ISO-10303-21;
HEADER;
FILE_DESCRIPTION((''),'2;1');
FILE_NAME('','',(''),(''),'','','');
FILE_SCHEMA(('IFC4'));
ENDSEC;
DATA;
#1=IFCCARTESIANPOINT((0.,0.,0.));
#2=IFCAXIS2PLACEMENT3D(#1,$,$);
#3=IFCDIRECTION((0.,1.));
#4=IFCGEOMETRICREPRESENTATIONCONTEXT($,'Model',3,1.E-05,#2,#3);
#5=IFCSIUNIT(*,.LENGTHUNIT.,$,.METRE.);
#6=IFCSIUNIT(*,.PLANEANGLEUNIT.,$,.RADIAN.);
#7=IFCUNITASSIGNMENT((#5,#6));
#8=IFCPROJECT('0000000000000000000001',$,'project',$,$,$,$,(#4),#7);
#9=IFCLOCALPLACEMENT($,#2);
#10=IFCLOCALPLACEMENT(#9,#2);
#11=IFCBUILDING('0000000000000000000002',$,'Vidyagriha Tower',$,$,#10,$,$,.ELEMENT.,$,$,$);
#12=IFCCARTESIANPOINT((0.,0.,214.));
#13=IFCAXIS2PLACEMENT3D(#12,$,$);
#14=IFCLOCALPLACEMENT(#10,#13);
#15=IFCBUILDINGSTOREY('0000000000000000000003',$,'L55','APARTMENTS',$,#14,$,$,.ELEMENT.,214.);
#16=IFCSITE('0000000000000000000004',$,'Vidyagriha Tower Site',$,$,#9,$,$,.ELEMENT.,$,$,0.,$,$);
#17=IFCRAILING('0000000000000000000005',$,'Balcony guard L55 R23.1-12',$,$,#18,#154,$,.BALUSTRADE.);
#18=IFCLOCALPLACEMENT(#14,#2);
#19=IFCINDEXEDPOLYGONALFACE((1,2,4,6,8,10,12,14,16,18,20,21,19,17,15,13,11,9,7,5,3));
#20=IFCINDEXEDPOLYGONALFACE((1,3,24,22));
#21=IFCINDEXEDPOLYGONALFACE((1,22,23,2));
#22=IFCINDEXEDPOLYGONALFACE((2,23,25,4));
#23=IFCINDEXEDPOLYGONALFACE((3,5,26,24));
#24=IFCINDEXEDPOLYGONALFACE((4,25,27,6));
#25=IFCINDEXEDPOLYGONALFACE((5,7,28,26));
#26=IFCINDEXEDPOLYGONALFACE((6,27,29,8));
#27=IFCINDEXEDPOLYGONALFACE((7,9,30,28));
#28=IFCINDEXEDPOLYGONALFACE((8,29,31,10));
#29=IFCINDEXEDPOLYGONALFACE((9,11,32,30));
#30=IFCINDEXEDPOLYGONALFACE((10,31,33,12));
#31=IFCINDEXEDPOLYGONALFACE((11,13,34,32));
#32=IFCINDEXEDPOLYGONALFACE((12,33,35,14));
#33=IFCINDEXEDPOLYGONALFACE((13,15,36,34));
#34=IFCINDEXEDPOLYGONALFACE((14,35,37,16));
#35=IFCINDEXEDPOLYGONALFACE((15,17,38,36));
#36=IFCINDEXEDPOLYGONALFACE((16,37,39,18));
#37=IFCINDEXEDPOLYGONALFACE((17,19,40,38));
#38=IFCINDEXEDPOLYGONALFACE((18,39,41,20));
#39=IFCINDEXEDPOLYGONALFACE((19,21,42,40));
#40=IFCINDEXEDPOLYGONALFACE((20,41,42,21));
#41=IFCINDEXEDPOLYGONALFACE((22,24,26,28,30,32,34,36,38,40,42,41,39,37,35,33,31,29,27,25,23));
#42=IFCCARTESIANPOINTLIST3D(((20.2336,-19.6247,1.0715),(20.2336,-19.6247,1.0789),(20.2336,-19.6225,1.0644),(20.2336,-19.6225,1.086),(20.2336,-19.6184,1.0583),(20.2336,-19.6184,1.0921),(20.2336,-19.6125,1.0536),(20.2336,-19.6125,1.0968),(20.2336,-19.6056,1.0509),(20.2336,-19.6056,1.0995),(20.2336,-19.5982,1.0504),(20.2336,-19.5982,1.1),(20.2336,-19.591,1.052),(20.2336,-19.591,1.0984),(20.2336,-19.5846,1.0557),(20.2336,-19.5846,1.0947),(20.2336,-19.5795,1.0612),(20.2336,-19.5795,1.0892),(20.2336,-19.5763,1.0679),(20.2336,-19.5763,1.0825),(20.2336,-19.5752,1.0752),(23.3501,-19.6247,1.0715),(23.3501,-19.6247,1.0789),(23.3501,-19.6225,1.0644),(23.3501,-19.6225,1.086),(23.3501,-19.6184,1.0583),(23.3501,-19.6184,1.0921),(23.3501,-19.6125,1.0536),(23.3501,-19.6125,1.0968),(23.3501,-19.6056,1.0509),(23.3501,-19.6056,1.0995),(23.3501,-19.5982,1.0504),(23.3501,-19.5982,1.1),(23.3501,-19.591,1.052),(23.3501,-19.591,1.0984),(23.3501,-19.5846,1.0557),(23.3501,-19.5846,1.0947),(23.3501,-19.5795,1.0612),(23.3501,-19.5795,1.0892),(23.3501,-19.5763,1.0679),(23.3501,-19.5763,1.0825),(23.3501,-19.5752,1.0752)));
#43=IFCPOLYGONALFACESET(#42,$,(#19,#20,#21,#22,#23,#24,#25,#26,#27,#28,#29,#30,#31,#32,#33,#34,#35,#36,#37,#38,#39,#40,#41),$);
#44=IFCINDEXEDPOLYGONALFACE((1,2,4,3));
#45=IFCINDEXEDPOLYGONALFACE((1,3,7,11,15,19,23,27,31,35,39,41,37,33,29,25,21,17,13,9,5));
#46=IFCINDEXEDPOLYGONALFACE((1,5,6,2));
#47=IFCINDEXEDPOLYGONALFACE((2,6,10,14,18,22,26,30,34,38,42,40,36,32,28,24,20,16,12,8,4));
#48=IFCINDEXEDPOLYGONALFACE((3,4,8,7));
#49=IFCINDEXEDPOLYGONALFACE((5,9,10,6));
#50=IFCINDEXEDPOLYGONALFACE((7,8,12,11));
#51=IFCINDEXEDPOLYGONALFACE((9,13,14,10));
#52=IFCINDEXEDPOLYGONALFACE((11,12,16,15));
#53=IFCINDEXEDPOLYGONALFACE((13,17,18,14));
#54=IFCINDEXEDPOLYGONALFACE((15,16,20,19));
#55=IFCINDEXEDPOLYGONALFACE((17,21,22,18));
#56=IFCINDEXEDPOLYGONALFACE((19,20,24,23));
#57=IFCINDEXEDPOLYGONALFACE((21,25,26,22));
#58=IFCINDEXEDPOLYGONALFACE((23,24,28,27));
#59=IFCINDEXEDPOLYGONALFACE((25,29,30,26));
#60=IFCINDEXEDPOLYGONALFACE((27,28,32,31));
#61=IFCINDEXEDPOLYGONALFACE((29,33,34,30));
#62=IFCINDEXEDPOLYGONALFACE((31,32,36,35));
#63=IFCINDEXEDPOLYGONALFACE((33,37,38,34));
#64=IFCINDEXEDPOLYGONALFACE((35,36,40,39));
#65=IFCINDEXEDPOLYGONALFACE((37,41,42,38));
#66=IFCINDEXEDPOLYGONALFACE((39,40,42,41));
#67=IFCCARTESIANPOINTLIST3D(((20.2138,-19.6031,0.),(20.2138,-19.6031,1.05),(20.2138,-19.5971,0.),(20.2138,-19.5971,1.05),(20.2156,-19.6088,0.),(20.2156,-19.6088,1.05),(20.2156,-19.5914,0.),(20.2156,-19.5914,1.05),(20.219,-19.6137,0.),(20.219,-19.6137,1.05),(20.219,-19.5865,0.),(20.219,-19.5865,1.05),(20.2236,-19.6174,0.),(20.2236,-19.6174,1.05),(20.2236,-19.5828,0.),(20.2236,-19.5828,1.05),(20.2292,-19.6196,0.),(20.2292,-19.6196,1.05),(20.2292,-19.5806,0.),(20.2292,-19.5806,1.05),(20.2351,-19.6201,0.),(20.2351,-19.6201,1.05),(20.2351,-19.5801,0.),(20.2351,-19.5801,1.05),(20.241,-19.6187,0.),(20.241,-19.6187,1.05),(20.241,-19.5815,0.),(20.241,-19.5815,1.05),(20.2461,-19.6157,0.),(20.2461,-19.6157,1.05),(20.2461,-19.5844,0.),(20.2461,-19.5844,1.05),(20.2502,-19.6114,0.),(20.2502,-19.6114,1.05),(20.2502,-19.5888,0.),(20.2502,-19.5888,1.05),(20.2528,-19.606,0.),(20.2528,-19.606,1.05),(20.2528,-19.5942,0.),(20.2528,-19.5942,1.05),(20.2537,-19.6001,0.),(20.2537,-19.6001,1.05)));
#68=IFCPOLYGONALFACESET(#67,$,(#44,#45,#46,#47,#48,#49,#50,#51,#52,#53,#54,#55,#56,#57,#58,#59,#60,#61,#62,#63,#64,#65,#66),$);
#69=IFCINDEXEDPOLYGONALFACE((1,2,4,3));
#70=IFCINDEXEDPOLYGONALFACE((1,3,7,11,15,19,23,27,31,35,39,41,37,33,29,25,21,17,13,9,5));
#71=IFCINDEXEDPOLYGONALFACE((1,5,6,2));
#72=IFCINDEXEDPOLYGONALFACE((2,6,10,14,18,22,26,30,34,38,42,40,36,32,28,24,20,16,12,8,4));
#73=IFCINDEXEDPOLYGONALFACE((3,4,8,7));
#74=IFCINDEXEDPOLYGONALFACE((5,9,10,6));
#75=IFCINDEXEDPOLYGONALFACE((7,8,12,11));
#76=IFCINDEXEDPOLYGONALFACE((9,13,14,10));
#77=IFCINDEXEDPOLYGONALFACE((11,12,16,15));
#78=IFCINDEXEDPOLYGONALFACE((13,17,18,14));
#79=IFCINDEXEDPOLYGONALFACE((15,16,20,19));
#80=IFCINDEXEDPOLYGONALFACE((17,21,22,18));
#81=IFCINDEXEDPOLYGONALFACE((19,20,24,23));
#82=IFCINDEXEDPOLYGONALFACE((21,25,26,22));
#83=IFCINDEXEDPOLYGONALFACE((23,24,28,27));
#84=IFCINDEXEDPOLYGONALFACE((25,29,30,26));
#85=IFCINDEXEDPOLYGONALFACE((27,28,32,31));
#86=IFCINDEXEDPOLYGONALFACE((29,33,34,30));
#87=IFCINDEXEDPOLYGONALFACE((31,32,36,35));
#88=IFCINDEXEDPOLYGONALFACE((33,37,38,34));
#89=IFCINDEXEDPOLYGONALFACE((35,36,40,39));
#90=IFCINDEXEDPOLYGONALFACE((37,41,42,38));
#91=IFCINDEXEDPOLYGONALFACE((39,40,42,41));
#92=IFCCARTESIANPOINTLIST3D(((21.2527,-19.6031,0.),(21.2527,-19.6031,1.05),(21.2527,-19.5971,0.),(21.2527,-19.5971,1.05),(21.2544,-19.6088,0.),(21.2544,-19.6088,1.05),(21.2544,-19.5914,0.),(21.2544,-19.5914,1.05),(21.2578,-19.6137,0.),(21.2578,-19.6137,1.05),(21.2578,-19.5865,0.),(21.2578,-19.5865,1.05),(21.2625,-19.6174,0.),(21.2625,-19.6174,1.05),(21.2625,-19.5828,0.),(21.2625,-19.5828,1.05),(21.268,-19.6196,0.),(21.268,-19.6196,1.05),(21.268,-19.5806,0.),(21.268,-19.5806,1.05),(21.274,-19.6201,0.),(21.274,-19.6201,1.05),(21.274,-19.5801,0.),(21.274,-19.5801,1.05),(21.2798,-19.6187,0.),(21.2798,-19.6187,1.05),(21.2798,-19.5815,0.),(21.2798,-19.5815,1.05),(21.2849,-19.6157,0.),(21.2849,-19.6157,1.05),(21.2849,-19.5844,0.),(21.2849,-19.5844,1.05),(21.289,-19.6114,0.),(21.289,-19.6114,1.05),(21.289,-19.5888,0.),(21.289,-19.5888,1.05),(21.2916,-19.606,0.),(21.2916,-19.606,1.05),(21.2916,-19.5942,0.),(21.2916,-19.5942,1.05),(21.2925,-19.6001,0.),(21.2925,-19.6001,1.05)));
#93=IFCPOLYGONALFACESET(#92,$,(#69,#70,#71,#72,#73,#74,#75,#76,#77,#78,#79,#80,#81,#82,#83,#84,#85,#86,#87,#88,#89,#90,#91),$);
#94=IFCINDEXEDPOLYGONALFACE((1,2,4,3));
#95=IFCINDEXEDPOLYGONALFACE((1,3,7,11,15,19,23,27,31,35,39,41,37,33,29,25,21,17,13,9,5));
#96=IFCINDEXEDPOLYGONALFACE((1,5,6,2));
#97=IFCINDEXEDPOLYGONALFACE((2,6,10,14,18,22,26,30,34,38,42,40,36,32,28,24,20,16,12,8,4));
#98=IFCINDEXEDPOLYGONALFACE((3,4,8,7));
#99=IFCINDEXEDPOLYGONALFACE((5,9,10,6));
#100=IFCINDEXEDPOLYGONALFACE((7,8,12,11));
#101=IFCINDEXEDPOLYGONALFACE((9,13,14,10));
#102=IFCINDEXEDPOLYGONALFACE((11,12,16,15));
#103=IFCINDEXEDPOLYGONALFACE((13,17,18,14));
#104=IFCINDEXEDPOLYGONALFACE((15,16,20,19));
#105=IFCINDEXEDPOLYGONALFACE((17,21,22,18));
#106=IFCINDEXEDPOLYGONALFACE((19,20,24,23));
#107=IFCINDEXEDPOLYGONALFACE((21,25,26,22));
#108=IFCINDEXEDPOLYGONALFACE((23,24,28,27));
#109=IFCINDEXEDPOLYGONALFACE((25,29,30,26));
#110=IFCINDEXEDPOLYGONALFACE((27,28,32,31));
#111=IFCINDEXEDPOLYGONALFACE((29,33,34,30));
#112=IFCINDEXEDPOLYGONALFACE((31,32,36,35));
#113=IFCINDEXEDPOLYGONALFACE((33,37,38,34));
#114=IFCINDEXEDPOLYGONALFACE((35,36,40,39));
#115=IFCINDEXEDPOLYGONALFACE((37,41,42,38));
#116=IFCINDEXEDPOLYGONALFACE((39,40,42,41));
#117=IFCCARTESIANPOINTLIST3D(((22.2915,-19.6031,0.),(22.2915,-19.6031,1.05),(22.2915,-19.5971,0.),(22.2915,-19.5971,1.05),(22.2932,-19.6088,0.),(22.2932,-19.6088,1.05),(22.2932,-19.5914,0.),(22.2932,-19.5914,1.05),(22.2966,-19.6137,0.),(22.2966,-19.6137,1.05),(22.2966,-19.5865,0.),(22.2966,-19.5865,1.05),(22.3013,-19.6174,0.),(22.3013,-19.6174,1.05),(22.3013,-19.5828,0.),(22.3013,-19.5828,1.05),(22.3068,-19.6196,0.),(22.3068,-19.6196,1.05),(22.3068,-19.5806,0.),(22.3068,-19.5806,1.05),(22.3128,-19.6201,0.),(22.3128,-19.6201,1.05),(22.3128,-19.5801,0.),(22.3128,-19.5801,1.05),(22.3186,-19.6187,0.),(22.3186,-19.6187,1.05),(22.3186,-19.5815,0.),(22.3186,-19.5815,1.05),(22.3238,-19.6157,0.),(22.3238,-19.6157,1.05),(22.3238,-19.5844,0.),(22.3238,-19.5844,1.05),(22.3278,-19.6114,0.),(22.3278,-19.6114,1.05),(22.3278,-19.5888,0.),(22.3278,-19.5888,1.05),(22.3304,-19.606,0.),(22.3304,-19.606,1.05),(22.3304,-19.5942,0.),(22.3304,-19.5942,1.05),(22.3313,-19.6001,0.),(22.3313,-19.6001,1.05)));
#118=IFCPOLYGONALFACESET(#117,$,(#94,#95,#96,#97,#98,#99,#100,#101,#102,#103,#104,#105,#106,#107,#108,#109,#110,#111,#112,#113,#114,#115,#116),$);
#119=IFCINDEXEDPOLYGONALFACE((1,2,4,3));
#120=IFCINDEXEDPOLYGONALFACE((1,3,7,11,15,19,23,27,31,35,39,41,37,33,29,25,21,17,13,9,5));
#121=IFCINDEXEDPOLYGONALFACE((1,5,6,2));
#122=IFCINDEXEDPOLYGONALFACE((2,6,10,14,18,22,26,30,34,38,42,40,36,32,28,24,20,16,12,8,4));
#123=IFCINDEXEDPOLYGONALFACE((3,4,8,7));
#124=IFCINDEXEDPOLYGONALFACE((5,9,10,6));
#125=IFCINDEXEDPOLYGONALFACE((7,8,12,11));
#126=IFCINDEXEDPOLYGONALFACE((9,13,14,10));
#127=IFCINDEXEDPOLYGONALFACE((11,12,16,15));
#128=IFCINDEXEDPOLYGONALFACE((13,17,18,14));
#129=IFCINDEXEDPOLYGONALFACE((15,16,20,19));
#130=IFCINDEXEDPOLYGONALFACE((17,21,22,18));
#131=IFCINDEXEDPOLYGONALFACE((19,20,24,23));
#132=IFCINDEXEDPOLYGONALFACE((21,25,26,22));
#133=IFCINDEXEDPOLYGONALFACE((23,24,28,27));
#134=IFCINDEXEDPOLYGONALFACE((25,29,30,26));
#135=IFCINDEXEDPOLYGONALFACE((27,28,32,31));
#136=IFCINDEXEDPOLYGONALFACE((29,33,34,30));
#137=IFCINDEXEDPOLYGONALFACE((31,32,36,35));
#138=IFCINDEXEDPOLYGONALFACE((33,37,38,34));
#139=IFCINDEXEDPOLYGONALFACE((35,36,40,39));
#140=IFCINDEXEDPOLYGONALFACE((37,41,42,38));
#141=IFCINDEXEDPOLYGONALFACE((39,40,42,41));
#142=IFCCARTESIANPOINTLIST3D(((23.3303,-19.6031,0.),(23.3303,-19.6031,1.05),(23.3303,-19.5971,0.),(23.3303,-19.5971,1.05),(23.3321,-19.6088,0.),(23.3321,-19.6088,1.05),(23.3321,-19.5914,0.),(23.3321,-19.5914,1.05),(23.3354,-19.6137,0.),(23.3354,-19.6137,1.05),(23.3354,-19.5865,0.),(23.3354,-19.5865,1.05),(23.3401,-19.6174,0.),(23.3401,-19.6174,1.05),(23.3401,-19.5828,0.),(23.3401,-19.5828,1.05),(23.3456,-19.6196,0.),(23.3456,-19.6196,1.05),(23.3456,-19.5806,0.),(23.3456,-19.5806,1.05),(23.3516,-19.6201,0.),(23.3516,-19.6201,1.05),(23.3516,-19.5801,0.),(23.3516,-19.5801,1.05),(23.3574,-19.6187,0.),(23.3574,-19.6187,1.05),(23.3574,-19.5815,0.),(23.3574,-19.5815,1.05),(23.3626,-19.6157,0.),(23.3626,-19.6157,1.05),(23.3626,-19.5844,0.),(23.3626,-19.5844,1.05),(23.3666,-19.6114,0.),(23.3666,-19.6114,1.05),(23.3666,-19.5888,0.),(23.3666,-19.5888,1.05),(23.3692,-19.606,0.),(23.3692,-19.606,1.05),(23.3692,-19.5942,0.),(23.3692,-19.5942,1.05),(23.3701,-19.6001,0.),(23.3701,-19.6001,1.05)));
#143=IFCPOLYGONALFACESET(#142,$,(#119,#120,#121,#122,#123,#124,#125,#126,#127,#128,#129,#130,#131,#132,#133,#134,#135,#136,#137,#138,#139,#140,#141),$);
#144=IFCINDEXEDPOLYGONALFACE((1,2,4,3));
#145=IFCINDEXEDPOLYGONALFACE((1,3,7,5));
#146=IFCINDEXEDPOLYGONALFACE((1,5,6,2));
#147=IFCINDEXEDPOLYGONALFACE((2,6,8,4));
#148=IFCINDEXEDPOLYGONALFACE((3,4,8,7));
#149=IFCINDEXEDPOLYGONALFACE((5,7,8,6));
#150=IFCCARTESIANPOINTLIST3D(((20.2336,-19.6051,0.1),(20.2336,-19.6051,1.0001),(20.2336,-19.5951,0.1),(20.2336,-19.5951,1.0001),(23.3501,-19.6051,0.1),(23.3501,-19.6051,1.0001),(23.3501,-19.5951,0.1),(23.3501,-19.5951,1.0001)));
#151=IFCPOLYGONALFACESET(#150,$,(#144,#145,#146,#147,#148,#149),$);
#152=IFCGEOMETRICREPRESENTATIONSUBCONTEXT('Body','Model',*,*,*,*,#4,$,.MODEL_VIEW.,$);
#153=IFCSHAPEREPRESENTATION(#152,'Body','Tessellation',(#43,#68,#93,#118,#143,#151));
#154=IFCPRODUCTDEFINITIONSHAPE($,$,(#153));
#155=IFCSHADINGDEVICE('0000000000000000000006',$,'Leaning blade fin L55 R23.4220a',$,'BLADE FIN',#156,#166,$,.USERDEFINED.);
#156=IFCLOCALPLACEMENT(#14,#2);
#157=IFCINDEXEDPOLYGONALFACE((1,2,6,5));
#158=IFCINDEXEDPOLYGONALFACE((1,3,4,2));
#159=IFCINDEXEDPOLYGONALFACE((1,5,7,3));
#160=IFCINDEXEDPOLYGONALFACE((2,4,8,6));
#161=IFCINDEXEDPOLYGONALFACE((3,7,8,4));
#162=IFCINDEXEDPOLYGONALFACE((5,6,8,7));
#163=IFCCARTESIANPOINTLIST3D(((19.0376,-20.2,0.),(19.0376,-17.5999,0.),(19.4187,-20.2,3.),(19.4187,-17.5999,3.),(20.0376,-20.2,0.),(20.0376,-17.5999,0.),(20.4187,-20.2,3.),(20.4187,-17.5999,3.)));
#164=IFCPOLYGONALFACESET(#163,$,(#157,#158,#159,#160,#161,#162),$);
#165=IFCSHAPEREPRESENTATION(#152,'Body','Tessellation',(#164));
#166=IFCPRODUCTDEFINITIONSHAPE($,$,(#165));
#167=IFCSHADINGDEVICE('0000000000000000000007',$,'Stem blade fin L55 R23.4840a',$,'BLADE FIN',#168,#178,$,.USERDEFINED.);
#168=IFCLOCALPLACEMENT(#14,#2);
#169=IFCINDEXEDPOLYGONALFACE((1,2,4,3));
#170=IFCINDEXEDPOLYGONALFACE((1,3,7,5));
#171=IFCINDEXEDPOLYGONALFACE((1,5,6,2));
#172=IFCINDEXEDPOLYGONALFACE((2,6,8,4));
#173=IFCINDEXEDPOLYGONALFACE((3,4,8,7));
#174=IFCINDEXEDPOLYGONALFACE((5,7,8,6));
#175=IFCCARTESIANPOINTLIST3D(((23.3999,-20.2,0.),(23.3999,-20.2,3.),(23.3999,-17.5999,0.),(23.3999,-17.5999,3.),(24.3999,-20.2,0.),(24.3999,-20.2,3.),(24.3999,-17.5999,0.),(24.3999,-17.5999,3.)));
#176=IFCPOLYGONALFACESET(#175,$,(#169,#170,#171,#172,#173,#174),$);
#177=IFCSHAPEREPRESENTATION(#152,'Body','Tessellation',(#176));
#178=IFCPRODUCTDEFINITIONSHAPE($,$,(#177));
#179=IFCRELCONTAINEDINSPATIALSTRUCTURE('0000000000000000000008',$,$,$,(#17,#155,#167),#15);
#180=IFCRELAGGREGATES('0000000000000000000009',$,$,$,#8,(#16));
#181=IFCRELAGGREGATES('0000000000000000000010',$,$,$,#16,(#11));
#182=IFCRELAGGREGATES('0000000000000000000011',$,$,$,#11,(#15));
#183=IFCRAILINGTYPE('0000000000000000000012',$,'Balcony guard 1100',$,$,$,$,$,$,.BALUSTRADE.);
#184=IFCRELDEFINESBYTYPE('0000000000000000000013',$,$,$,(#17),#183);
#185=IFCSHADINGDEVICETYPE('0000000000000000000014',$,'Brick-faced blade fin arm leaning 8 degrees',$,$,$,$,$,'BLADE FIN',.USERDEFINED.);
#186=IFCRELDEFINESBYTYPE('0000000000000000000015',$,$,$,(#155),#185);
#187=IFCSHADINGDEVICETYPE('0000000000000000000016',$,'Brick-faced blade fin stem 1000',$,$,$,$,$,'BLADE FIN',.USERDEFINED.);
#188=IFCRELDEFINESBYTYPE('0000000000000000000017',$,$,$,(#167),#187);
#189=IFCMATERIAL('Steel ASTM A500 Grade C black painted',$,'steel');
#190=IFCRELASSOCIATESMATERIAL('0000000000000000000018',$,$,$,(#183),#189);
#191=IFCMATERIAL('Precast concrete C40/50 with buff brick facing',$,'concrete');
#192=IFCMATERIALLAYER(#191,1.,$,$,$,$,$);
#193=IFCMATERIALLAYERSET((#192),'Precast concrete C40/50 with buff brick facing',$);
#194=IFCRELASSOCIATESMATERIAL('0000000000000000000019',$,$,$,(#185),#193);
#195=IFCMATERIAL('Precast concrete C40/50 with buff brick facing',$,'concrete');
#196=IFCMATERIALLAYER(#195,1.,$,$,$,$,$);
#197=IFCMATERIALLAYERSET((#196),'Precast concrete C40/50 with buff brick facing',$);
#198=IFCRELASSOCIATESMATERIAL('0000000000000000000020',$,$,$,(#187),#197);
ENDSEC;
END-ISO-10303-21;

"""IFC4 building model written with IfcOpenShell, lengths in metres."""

from ifc_helpers import new_model, si_unit, direction, frame, origin, origin_2d, place, context, subcontext, project, spatial, polyline, rectangle, circle, outline, extrude, material, layer, layer_set, type_object, element, save


model = new_model("IFC4")

# Units and contexts
model_context = context("Model", 3, precision=1e-05, world=origin(), true_north=direction((0.0, 1.0)))
body_context = subcontext(model_context, "Body", "Model", "MODEL_VIEW")
ifc_project = project(units=[si_unit("LENGTHUNIT", "METRE"), si_unit("PLANEANGLEUNIT", "RADIAN")], contexts=[model_context])

# Site, building, storey
site_placement = place(None, origin())
site = spatial("IfcSite", under=ifc_project, at=site_placement, Name="Vidyagriha Tower Site", CompositionType="ELEMENT", RefElevation=0.0)
building_placement = place(site_placement, origin())
building = spatial("IfcBuilding", under=site, at=building_placement, Name="Vidyagriha Tower", CompositionType="ELEMENT")
storey_placement = place(building_placement, frame((0.0, 0.0, 214.0)))
storey = spatial("IfcBuildingStorey", under=building, at=storey_placement, Name="L55", Description="APARTMENTS", CompositionType="ELEMENT", Elevation=214.0)

# Railing
ifc_material_1 = material(Name="Steel ASTM A500 Grade C black painted", Category="steel")
railing_type_1 = type_object("IfcRailingType", Name="Balcony guard 1100", PredefinedType="BALUSTRADE", material=ifc_material_1)
railing_1_placement = place(storey_placement, frame((20.2336, -19.6001, 0.0)))
element("IfcRailing", 1, at=railing_1_placement, inside=storey, type_object=railing_type_1, Name="Balcony guard L55 R23.1-12", PredefinedType="BALUSTRADE", context=body_context, shape_type="SweptSolid", body=[
    extrude(circle(Radius=0.0249, at=origin_2d()), frame((0.0, 0.0, 1.0752), z_axis=(1.0, 0.0, 0.0), x_axis=(0.0, 1.0, 0.0)), (0.0, 0.0, 1.0), 3.1165),
    extrude(circle(Radius=0.02, at=origin_2d()), origin(), (0.0, 0.0, 1.0), 1.05),
    extrude(circle(Radius=0.02, at=origin_2d()), frame((1.0388, 0.0, 0.0)), (0.0, 0.0, 1.0), 1.05),
    extrude(circle(Radius=0.02, at=origin_2d()), frame((2.0776, 0.0, 0.0)), (0.0, 0.0, 1.0), 1.05),
    extrude(circle(Radius=0.02, at=origin_2d()), frame((3.1165, 0.0, 0.0)), (0.0, 0.0, 1.0), 1.05),
    extrude(rectangle(XDim=0.01, YDim=0.9001, at=origin_2d()), frame((0.0, 0.0, 0.55), z_axis=(1.0, 0.0, 0.0), x_axis=(0.0, 1.0, 0.0)), (0.0, 0.0, 1.0), 3.1165),
])

# Shading devices
ifc_material_2 = material(Name="Precast concrete C40/50 with buff brick facing", Category="concrete")
ifc_layer_1 = layer(ifc_material_2, 1.0)
ifc_layer_set_1 = layer_set([ifc_layer_1], Name="Precast concrete C40/50 with buff brick facing")
shading_device_type_1 = type_object("IfcShadingDeviceType", Name="Brick-faced blade fin arm leaning 8 degrees", ElementType="BLADE FIN", PredefinedType="USERDEFINED", material=ifc_layer_set_1)
shading_device_1_placement = place(storey_placement, frame((19.0376, -18.8999, 0.0)))
element("IfcShadingDevice", 2, at=shading_device_1_placement, inside=storey, type_object=shading_device_type_1, Name="Leaning blade fin L55 R23.4220a", ObjectType="BLADE FIN", PredefinedType="USERDEFINED", context=body_context, shape_type="SweptSolid", body=[
    extrude(outline(polyline([(0.0, 0.0), (1.0, 0.0), (1.3811, 3.0), (0.3811, 3.0), (0.0, 0.0)])), frame((0.0, 1.3, 0.0), z_axis=(0.0, -1.0, 0.0), x_axis=(1.0, 0.0, 0.0)), (0.0, 0.0, 1.0), 2.6001),
])
ifc_material_3 = material(Name="Precast concrete C40/50 with buff brick facing", Category="concrete")
ifc_layer_2 = layer(ifc_material_3, 1.0)
ifc_layer_set_2 = layer_set([ifc_layer_2], Name="Precast concrete C40/50 with buff brick facing")
shading_device_type_2 = type_object("IfcShadingDeviceType", Name="Brick-faced blade fin stem 1000", ElementType="BLADE FIN", PredefinedType="USERDEFINED", material=ifc_layer_set_2)
shading_device_2_placement = place(storey_placement, frame((23.3999, -18.8999, 0.0)))
element("IfcShadingDevice", 3, at=shading_device_2_placement, inside=storey, type_object=shading_device_type_2, Name="Stem blade fin L55 R23.4840a", ObjectType="BLADE FIN", PredefinedType="USERDEFINED", context=body_context, shape_type="SweptSolid", body=[
    extrude(outline(polyline([(0.0, 0.0), (1.0, 0.0), (1.0, 3.0), (0.0, 3.0), (0.0, 0.0)])), frame((0.0, 1.3, 0.0), z_axis=(0.0, -1.0, 0.0), x_axis=(1.0, 0.0, 0.0)), (0.0, 0.0, 1.0), 2.6001),
])

save(model, "model.ifc")
